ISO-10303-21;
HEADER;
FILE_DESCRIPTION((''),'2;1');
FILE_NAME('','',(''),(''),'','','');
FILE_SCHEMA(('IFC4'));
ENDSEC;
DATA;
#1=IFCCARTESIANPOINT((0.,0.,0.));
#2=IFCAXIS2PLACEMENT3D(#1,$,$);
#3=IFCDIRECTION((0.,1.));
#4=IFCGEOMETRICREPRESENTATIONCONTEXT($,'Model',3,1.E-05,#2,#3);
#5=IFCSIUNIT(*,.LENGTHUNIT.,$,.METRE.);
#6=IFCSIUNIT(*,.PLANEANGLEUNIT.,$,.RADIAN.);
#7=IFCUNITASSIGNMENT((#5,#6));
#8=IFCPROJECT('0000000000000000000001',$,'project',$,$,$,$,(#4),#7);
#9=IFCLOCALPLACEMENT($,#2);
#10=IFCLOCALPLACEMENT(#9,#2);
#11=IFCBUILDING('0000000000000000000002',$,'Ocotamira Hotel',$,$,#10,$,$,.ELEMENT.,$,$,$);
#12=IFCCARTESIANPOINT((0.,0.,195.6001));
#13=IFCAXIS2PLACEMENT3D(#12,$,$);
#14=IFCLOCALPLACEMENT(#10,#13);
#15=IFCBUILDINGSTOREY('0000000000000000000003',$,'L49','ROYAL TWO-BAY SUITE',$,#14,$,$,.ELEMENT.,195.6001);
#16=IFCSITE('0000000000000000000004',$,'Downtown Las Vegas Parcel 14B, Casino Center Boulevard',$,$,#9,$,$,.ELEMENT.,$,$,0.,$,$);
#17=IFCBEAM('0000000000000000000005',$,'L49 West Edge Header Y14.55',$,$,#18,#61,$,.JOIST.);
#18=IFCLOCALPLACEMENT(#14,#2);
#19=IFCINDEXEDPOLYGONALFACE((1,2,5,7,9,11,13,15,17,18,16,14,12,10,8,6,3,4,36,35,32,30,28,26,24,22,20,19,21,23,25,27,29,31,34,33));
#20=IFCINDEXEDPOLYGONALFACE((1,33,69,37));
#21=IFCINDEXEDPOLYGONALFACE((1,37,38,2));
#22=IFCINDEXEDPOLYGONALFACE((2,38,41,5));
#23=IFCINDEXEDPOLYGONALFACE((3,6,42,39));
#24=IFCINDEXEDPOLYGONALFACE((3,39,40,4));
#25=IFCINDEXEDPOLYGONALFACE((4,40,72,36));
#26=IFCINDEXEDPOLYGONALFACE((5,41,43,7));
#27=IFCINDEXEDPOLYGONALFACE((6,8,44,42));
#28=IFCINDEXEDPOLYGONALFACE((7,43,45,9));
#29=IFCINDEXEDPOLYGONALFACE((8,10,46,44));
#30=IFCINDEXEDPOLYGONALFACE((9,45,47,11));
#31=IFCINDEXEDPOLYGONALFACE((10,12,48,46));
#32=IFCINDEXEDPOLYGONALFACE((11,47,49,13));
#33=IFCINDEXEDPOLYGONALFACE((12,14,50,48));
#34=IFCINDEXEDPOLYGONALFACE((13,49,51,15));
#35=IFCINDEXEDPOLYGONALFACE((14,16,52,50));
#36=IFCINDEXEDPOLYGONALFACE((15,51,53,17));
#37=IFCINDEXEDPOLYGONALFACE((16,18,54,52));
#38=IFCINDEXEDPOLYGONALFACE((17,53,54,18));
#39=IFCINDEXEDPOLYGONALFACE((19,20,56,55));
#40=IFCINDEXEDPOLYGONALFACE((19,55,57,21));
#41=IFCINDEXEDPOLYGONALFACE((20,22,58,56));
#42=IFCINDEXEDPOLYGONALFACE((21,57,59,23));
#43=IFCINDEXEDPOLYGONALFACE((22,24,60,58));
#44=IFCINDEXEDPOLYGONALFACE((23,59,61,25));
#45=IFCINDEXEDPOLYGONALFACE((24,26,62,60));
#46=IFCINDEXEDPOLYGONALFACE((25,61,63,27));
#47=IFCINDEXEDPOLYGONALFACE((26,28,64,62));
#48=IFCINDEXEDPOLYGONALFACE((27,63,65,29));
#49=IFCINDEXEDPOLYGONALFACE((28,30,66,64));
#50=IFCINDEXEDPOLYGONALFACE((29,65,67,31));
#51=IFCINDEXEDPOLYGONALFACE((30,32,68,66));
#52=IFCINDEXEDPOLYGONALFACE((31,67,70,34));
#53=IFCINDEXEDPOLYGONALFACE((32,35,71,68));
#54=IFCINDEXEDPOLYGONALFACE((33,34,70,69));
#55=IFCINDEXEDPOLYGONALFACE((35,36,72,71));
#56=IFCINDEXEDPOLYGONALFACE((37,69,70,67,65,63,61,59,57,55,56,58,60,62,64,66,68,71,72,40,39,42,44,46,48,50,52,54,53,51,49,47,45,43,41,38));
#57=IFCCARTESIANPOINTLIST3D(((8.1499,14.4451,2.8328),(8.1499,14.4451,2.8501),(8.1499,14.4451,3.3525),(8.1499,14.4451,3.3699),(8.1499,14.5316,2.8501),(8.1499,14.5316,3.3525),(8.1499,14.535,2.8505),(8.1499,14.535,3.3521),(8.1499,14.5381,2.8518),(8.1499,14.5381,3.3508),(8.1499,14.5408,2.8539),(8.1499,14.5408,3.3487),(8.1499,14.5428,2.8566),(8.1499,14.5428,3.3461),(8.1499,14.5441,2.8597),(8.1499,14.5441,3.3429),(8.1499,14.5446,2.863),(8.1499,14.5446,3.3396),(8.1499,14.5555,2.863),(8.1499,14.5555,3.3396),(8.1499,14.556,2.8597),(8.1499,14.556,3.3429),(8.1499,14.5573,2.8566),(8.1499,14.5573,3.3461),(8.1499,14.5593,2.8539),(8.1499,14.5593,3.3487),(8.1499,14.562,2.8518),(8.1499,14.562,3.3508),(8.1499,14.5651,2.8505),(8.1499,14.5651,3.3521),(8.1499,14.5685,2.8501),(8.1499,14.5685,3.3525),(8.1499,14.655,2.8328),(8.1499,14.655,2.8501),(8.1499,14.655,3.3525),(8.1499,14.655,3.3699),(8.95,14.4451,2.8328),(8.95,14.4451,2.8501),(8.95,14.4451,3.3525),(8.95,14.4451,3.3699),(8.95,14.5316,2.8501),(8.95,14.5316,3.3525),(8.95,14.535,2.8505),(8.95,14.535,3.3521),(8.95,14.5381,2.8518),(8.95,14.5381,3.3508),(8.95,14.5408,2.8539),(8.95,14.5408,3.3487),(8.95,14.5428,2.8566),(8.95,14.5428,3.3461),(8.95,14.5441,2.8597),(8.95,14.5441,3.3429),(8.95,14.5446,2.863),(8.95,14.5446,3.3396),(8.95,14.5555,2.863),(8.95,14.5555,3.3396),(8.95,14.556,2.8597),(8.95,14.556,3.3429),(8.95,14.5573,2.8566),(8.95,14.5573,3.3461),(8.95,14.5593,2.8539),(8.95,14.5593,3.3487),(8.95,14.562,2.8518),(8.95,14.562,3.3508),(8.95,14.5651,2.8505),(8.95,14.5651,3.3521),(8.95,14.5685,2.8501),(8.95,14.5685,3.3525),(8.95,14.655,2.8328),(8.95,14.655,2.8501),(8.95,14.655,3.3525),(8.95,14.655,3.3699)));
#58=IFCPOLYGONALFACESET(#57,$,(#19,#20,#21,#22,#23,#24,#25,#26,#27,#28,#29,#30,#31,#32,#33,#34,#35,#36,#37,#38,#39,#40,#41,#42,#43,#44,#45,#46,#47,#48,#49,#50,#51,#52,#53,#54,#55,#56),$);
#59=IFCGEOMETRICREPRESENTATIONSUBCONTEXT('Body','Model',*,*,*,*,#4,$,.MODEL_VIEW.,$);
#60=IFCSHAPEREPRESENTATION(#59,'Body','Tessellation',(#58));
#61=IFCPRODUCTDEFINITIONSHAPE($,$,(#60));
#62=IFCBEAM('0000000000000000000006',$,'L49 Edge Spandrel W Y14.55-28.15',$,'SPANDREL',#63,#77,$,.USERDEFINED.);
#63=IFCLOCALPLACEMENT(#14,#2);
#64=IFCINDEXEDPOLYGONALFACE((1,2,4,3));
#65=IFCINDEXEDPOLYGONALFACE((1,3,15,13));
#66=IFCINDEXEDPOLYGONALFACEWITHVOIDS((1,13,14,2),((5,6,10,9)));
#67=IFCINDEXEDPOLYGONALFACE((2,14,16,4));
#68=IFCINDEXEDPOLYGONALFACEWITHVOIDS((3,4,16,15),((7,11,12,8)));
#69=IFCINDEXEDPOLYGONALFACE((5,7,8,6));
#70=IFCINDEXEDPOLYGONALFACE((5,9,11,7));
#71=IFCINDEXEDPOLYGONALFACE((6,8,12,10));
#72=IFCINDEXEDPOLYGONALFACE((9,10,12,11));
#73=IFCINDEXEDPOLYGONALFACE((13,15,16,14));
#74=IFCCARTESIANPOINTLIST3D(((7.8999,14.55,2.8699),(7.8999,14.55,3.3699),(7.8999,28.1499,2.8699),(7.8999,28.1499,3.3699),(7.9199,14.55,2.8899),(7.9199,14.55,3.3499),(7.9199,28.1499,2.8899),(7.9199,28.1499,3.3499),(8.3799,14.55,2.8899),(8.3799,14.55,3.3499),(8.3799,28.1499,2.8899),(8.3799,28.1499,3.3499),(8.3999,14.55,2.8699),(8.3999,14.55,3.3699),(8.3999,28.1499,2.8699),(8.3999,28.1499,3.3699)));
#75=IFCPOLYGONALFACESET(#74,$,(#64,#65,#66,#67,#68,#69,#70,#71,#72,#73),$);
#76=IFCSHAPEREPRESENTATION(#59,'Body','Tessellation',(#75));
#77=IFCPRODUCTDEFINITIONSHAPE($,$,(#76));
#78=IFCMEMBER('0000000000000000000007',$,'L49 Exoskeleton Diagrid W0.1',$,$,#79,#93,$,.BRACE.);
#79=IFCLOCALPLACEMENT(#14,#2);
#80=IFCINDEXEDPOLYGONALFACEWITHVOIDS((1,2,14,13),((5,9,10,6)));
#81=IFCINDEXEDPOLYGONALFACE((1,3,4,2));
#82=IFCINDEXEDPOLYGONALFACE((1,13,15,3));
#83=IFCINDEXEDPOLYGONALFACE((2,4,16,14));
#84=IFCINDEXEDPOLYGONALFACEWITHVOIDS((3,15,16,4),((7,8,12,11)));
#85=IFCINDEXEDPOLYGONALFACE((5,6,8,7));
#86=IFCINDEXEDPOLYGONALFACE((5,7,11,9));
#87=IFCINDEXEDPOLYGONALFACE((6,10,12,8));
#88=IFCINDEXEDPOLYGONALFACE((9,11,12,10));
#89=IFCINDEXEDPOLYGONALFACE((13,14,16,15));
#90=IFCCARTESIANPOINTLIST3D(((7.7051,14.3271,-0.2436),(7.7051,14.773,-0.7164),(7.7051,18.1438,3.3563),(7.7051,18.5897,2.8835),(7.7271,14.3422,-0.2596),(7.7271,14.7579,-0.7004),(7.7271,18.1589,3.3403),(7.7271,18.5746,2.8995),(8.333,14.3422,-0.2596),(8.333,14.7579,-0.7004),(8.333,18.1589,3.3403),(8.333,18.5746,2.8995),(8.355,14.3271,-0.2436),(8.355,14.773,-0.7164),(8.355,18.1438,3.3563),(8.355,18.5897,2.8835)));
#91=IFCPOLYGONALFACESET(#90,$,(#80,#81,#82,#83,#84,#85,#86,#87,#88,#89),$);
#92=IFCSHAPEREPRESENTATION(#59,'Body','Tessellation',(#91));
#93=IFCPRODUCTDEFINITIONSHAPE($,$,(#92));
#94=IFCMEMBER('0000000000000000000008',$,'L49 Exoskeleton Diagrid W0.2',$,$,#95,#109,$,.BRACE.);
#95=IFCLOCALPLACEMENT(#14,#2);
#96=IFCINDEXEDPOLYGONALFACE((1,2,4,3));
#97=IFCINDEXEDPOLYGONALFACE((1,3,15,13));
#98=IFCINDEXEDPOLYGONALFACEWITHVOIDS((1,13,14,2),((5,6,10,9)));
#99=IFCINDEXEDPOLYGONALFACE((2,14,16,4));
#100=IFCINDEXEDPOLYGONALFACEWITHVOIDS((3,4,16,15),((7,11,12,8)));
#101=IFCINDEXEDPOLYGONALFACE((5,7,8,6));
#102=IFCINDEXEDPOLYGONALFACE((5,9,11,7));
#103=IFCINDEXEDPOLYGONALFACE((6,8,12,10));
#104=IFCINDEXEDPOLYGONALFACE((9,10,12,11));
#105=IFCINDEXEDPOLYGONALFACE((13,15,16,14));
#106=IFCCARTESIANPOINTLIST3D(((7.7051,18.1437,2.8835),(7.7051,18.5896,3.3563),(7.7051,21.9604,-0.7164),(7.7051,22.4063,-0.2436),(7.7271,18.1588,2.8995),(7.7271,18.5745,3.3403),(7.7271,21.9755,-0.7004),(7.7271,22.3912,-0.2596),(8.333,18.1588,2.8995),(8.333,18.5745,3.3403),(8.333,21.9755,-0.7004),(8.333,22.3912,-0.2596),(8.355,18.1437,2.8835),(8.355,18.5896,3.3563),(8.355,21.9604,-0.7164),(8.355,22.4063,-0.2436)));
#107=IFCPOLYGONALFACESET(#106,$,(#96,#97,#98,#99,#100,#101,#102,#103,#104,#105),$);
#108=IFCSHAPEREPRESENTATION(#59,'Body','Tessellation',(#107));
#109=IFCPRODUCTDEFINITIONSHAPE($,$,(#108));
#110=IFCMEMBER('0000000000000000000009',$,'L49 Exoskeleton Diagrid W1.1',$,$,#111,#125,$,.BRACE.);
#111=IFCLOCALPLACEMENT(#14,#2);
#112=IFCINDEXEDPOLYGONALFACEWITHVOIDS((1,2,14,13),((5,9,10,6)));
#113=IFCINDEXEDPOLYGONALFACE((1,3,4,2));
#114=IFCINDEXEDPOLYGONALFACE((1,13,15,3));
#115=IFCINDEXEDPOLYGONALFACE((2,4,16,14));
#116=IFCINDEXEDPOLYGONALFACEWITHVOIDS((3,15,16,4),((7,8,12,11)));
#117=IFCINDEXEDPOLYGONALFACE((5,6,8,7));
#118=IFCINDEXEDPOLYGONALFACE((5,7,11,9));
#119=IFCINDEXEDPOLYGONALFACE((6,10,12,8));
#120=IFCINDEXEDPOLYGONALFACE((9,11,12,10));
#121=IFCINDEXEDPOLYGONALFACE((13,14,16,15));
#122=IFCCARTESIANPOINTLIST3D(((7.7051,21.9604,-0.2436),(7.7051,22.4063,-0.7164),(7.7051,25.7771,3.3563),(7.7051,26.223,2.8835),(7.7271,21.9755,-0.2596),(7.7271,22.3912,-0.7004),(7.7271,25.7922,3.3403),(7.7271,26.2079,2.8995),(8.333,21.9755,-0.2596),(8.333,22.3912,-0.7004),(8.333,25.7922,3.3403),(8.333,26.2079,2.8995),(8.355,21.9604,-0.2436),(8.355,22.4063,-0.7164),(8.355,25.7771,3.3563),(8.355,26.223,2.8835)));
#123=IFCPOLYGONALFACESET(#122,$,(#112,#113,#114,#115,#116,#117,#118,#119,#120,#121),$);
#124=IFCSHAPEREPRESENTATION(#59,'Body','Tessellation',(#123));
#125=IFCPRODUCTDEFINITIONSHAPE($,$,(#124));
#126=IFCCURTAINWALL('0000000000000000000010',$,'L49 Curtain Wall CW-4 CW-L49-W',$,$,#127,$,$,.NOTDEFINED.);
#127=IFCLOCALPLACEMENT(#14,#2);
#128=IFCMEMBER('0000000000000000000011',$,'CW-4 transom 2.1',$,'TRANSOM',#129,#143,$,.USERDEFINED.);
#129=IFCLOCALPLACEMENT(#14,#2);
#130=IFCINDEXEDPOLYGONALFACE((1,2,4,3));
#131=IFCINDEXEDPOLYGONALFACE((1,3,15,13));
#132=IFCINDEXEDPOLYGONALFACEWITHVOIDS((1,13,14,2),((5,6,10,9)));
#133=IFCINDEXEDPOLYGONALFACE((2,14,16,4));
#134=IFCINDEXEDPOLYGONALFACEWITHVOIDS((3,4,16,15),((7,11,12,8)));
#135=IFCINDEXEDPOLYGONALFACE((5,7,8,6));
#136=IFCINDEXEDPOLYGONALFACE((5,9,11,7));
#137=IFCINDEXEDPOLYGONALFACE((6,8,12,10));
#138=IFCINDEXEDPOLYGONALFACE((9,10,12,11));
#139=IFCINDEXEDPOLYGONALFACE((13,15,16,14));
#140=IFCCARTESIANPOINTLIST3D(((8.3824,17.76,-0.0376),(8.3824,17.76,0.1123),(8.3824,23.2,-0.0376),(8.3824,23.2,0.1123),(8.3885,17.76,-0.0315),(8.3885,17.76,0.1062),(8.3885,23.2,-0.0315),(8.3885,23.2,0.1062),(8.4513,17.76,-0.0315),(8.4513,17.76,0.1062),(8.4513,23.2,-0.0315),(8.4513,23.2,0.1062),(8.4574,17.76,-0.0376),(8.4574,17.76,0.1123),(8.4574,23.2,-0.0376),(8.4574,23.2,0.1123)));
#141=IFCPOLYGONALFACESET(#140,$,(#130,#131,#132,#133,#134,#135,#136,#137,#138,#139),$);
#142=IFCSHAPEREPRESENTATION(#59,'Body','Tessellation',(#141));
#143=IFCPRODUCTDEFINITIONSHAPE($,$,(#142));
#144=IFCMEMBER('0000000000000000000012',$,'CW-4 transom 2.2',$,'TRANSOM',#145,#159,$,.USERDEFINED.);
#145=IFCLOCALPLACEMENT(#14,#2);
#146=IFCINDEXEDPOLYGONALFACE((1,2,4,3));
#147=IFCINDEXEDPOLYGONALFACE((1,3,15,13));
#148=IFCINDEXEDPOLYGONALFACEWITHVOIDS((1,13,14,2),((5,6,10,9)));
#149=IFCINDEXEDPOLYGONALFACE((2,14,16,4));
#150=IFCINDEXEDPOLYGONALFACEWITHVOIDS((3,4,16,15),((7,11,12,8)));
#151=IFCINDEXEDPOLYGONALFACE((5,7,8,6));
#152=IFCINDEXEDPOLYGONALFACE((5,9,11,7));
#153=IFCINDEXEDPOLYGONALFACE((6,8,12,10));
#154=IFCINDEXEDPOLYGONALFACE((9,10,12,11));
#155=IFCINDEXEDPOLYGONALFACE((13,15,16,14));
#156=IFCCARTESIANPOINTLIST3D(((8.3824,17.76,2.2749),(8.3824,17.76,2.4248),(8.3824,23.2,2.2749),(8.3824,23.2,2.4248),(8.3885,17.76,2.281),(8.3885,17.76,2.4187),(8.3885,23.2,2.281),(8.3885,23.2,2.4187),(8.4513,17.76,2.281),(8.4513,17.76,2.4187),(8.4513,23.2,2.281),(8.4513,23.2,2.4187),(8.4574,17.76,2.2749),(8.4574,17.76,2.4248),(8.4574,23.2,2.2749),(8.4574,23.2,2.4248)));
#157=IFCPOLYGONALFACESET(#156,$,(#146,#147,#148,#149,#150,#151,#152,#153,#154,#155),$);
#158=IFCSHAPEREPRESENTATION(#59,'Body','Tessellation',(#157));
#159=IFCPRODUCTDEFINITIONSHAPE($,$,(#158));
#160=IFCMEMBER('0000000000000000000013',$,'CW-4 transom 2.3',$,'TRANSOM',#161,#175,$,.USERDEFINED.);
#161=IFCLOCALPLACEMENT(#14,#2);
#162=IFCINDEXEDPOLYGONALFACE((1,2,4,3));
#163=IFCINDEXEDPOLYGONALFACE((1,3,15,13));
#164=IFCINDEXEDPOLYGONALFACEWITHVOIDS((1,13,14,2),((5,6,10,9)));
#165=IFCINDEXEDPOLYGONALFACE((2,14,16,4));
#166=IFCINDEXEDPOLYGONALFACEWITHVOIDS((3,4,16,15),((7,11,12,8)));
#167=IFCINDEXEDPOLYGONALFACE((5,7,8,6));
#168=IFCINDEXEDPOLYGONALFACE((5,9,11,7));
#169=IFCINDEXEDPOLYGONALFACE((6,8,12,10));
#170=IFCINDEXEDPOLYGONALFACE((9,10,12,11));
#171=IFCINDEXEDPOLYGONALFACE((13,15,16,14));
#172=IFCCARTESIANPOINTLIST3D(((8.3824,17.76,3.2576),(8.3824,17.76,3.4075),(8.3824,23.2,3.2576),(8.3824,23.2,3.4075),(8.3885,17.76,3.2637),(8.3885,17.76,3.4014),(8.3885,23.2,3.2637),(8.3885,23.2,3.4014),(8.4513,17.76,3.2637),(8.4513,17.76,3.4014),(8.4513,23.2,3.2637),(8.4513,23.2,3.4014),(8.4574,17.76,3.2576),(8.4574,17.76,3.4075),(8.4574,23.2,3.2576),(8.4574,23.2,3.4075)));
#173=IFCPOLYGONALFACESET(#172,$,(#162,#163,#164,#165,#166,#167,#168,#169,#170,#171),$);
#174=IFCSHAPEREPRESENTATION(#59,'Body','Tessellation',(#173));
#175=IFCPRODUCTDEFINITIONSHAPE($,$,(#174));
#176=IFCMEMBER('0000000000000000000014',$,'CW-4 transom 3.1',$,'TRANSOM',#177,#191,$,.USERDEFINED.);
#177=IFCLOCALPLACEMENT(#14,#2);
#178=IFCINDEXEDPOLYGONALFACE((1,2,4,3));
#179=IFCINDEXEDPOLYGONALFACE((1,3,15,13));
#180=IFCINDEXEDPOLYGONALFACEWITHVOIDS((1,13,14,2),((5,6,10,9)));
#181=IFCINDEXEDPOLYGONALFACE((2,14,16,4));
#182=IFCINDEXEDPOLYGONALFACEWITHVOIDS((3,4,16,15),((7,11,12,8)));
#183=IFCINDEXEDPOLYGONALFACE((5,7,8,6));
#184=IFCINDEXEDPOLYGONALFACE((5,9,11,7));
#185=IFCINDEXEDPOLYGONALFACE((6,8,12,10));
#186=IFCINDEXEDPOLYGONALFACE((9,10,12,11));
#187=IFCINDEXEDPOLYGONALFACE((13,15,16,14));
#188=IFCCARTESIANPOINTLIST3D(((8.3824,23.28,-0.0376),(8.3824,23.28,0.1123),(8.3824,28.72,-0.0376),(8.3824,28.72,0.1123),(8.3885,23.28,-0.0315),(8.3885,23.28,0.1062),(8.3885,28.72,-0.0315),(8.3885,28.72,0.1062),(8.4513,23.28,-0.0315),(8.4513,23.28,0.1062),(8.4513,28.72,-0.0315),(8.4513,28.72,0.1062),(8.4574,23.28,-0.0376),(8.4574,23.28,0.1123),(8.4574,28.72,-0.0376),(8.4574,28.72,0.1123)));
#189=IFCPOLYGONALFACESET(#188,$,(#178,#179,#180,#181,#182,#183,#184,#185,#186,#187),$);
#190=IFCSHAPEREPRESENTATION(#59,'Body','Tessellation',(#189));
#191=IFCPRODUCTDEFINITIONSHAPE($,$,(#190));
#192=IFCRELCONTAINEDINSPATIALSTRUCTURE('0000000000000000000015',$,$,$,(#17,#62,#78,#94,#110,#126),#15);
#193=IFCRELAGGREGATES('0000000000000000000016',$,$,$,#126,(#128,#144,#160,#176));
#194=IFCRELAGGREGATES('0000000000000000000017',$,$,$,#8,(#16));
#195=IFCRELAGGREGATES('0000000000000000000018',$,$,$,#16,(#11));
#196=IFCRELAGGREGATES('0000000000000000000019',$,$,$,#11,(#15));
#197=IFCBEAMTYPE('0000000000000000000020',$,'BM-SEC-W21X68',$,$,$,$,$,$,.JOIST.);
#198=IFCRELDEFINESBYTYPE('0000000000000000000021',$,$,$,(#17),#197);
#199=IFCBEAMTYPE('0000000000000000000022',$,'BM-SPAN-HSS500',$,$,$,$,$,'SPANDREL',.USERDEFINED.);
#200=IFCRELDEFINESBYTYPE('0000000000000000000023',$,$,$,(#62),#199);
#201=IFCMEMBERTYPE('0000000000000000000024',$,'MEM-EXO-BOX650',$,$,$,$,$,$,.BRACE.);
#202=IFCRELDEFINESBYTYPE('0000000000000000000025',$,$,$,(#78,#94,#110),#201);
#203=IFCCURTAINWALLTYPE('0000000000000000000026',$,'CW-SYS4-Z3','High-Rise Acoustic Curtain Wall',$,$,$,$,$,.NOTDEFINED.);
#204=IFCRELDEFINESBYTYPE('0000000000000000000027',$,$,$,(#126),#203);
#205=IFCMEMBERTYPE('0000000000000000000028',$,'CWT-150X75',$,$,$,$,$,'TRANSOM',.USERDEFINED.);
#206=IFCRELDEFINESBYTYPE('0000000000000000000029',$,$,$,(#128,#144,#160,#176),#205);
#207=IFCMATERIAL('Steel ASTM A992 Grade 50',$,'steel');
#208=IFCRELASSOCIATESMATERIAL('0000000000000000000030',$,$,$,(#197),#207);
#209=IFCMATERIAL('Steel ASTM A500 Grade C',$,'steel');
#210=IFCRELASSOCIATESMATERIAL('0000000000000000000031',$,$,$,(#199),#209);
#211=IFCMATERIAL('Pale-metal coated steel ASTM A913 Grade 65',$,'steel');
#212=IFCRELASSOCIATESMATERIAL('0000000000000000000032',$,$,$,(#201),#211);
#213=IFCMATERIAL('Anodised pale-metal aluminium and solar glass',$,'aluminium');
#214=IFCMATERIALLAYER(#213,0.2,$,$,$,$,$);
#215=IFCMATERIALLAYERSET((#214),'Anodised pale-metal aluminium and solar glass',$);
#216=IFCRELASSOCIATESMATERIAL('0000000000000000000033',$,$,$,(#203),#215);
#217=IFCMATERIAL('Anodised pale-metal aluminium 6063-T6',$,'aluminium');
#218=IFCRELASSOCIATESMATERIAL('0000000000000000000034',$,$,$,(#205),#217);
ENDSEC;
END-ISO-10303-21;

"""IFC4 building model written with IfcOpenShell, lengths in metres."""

from ifc_helpers import new_model, si_unit, direction, frame, origin, origin_2d, place, context, subcontext, project, spatial, hollow_rectangle, i_section, extrude, source, transform, mapped, material, layer, layer_set, material_profile, profile_set, type_object, element, aggregate, save


model = new_model("IFC4")

# Units and contexts
model_context = context("Model", 3, precision=1e-05, world=origin(), true_north=direction((0.0, 1.0)))
body_context = subcontext(model_context, "Body", "Model", "MODEL_VIEW")
ifc_project = project(units=[si_unit("LENGTHUNIT", "METRE"), si_unit("PLANEANGLEUNIT", "RADIAN")], contexts=[model_context])

# Site, building, storey
site_placement = place(None, origin())
site = spatial("IfcSite", under=ifc_project, at=site_placement, Name="Downtown Las Vegas Parcel 14B, Casino Center Boulevard", CompositionType="ELEMENT", RefElevation=0.0)
building_placement = place(site_placement, origin())
building = spatial("IfcBuilding", under=site, at=building_placement, Name="Ocotamira Hotel", CompositionType="ELEMENT")
storey_placement = place(building_placement, frame((0.0, 0.0, 195.6001)))
storey = spatial("IfcBuildingStorey", under=building, at=storey_placement, Name="L49", Description="ROYAL TWO-BAY SUITE", CompositionType="ELEMENT", Elevation=195.6001)

# Beams
ifc_material_1 = material(Name="Steel ASTM A992 Grade 50", Category="steel")
ifc_material_profile_1 = material_profile(ifc_material_1, i_section(OverallWidth=0.21, OverallDepth=0.5371, WebThickness=0.011, FlangeThickness=0.0173, FilletRadius=0.0129, at=origin_2d()), Name="W21X68")
ifc_profile_set_1 = profile_set([ifc_material_profile_1], Name="Steel ASTM A992 Grade 50")
beam_type_1 = type_object("IfcBeamType", Name="BM-SEC-W21X68", PredefinedType="JOIST", material=ifc_profile_set_1)
shared_shape_1 = source(origin(), body_context, "Body", "SweptSolid", [
    extrude(i_section(OverallWidth=0.21, OverallDepth=0.5371, WebThickness=0.011, FlangeThickness=0.0173, FilletRadius=0.0129, at=origin_2d()), origin(), (0.0, 0.0, 1.0), 0.8),
])
beam_1_placement = place(storey_placement, frame((8.95, 14.55, 3.1013), z_axis=(-1.0, 0.0, 0.0), x_axis=(0.0, -1.0, 0.0)))
element("IfcBeam", 1, at=beam_1_placement, inside=storey, type_object=beam_type_1, Name="L49 West Edge Header Y14.55", PredefinedType="JOIST", context=body_context, shape_type="MappedRepresentation", body=[
    mapped(shared_shape_1, transform((0.0, 0.0, 0.0), scale=1.0)),
])
ifc_material_2 = material(Name="Steel ASTM A500 Grade C", Category="steel")
ifc_material_profile_2 = material_profile(ifc_material_2, hollow_rectangle(XDim=0.5, YDim=0.5, WallThickness=0.02, at=origin_2d()), Name="HSS500X500X20")
ifc_profile_set_2 = profile_set([ifc_material_profile_2], Name="Steel ASTM A500 Grade C")
beam_type_2 = type_object("IfcBeamType", Name="BM-SPAN-HSS500", ElementType="SPANDREL", PredefinedType="USERDEFINED", material=ifc_profile_set_2)
shared_shape_2 = source(origin(), body_context, "Body", "SweptSolid", [
    extrude(hollow_rectangle(XDim=0.5, YDim=0.5, WallThickness=0.02, at=origin_2d()), origin(), (0.0, 0.0, 1.0), 13.5999),
])
beam_2_placement = place(storey_placement, frame((8.1499, 14.55, 3.1199), z_axis=(0.0, 1.0, 0.0), x_axis=(-1.0, 0.0, 0.0)))
element("IfcBeam", 2, at=beam_2_placement, inside=storey, type_object=beam_type_2, Name="L49 Edge Spandrel W Y14.55-28.15", ObjectType="SPANDREL", PredefinedType="USERDEFINED", context=body_context, shape_type="MappedRepresentation", body=[
    mapped(shared_shape_2, transform((0.0, 0.0, 0.0), scale=1.0)),
])

# Members
ifc_material_3 = material(Name="Pale-metal coated steel ASTM A913 Grade 65", Category="steel")
ifc_material_profile_3 = material_profile(ifc_material_3, hollow_rectangle(XDim=0.6499, YDim=0.6499, WallThickness=0.022, at=origin_2d()), Name="BOX650X650X22")
ifc_profile_set_3 = profile_set([ifc_material_profile_3], Name="Pale-metal coated steel ASTM A913 Grade 65")
member_type_1 = type_object("IfcMemberType", Name="MEM-EXO-BOX650", PredefinedType="BRACE", material=ifc_profile_set_3)
shared_shape_3 = source(origin(), body_context, "Body", "SweptSolid", [
    extrude(hollow_rectangle(XDim=0.6499, YDim=0.6499, WallThickness=0.022, at=origin_2d()), origin(), (0.0, 0.0, 1.0), 5.2466),
])
for number, where, z_axis, x_axis, name in (
    (3, (8.03, 14.55, -0.48), (0.0, 0.727466, 0.686144), (-1.0, 0.0, 0.0), "L49 Exoskeleton Diagrid W0.1"),
    (4, (8.03, 22.1833, -0.48), (0.0, -0.727466, 0.686144), (1.0, 0.0, 0.0), "L49 Exoskeleton Diagrid W0.2"),
    (5, (8.03, 22.1833, -0.48), (0.0, 0.727466, 0.686144), (-1.0, 0.0, 0.0), "L49 Exoskeleton Diagrid W1.1"),
):
    element("IfcMember", number, at=place(storey_placement, frame(where, z_axis=z_axis, x_axis=x_axis)), inside=storey, type_object=member_type_1, Name=name, PredefinedType="BRACE", context=body_context, shape_type="MappedRepresentation", body=[
        mapped(shared_shape_3, transform((0.0, 0.0, 0.0), scale=1.0)),
    ])

# Curtain wall, members
ifc_material_4 = material(Name="Anodised pale-metal aluminium and solar glass", Category="aluminium")
ifc_layer_1 = layer(ifc_material_4, 0.2)
ifc_layer_set_1 = layer_set([ifc_layer_1], Name="Anodised pale-metal aluminium and solar glass")
curtain_wall_type = type_object("IfcCurtainWallType", Name="CW-SYS4-Z3", Description="High-Rise Acoustic Curtain Wall", PredefinedType="NOTDEFINED", material=ifc_layer_set_1)
curtain_wall_placement = place(storey_placement, origin())
curtain_wall = element("IfcCurtainWall", 6, at=curtain_wall_placement, inside=storey, type_object=curtain_wall_type, Name="L49 Curtain Wall CW-4 CW-L49-W", PredefinedType="NOTDEFINED")
ifc_material_5 = material(Name="Anodised pale-metal aluminium 6063-T6", Category="aluminium")
ifc_material_profile_4 = material_profile(ifc_material_5, hollow_rectangle(XDim=0.075, YDim=0.1499, WallThickness=0.0061, at=origin_2d()), Name="HSS150X75X6")
ifc_profile_set_4 = profile_set([ifc_material_profile_4], Name="Anodised pale-metal aluminium 6063-T6")
member_type_2 = type_object("IfcMemberType", Name="CWT-150X75", ElementType="TRANSOM", PredefinedType="USERDEFINED", material=ifc_profile_set_4)
shared_shape_4 = source(origin(), body_context, "Body", "SweptSolid", [
    extrude(hollow_rectangle(XDim=0.075, YDim=0.1499, WallThickness=0.0061, at=origin_2d()), origin(), (0.0, 0.0, 1.0), 5.4399),
])
member_1_placement = place(storey_placement, frame((8.4199, 17.76, 0.0374), z_axis=(0.0, 1.0, 0.0), x_axis=(-1.0, 0.0, 0.0)))
member_1 = element("IfcMember", 7, at=member_1_placement, type_object=member_type_2, Name="CW-4 transom 2.1", ObjectType="TRANSOM", PredefinedType="USERDEFINED", context=body_context, shape_type="MappedRepresentation", body=[
    mapped(shared_shape_4, transform((0.0, 0.0, 0.0), scale=1.0)),
])
member_2_placement = place(storey_placement, frame((8.4199, 17.76, 2.3499), z_axis=(0.0, 1.0, 0.0), x_axis=(-1.0, 0.0, 0.0)))
member_2 = element("IfcMember", 8, at=member_2_placement, type_object=member_type_2, Name="CW-4 transom 2.2", ObjectType="TRANSOM", PredefinedType="USERDEFINED", context=body_context, shape_type="MappedRepresentation", body=[
    mapped(shared_shape_4, transform((0.0, 0.0, 0.0), scale=1.0)),
])
member_3_placement = place(storey_placement, frame((8.4199, 17.76, 3.3325), z_axis=(0.0, 1.0, 0.0), x_axis=(-1.0, 0.0, 0.0)))
member_3 = element("IfcMember", 9, at=member_3_placement, type_object=member_type_2, Name="CW-4 transom 2.3", ObjectType="TRANSOM", PredefinedType="USERDEFINED", context=body_context, shape_type="MappedRepresentation", body=[
    mapped(shared_shape_4, transform((0.0, 0.0, 0.0), scale=1.0)),
])
member_4_placement = place(storey_placement, frame((8.4199, 23.28, 0.0374), z_axis=(0.0, 1.0, 0.0), x_axis=(-1.0, 0.0, 0.0)))
member_4 = element("IfcMember", 10, at=member_4_placement, type_object=member_type_2, Name="CW-4 transom 3.1", ObjectType="TRANSOM", PredefinedType="USERDEFINED", context=body_context, shape_type="MappedRepresentation", body=[
    mapped(shared_shape_4, transform((0.0, 0.0, 0.0), scale=1.0)),
])

aggregate(curtain_wall, [member_1, member_2, member_3, member_4])

save(model, "model.ifc")
